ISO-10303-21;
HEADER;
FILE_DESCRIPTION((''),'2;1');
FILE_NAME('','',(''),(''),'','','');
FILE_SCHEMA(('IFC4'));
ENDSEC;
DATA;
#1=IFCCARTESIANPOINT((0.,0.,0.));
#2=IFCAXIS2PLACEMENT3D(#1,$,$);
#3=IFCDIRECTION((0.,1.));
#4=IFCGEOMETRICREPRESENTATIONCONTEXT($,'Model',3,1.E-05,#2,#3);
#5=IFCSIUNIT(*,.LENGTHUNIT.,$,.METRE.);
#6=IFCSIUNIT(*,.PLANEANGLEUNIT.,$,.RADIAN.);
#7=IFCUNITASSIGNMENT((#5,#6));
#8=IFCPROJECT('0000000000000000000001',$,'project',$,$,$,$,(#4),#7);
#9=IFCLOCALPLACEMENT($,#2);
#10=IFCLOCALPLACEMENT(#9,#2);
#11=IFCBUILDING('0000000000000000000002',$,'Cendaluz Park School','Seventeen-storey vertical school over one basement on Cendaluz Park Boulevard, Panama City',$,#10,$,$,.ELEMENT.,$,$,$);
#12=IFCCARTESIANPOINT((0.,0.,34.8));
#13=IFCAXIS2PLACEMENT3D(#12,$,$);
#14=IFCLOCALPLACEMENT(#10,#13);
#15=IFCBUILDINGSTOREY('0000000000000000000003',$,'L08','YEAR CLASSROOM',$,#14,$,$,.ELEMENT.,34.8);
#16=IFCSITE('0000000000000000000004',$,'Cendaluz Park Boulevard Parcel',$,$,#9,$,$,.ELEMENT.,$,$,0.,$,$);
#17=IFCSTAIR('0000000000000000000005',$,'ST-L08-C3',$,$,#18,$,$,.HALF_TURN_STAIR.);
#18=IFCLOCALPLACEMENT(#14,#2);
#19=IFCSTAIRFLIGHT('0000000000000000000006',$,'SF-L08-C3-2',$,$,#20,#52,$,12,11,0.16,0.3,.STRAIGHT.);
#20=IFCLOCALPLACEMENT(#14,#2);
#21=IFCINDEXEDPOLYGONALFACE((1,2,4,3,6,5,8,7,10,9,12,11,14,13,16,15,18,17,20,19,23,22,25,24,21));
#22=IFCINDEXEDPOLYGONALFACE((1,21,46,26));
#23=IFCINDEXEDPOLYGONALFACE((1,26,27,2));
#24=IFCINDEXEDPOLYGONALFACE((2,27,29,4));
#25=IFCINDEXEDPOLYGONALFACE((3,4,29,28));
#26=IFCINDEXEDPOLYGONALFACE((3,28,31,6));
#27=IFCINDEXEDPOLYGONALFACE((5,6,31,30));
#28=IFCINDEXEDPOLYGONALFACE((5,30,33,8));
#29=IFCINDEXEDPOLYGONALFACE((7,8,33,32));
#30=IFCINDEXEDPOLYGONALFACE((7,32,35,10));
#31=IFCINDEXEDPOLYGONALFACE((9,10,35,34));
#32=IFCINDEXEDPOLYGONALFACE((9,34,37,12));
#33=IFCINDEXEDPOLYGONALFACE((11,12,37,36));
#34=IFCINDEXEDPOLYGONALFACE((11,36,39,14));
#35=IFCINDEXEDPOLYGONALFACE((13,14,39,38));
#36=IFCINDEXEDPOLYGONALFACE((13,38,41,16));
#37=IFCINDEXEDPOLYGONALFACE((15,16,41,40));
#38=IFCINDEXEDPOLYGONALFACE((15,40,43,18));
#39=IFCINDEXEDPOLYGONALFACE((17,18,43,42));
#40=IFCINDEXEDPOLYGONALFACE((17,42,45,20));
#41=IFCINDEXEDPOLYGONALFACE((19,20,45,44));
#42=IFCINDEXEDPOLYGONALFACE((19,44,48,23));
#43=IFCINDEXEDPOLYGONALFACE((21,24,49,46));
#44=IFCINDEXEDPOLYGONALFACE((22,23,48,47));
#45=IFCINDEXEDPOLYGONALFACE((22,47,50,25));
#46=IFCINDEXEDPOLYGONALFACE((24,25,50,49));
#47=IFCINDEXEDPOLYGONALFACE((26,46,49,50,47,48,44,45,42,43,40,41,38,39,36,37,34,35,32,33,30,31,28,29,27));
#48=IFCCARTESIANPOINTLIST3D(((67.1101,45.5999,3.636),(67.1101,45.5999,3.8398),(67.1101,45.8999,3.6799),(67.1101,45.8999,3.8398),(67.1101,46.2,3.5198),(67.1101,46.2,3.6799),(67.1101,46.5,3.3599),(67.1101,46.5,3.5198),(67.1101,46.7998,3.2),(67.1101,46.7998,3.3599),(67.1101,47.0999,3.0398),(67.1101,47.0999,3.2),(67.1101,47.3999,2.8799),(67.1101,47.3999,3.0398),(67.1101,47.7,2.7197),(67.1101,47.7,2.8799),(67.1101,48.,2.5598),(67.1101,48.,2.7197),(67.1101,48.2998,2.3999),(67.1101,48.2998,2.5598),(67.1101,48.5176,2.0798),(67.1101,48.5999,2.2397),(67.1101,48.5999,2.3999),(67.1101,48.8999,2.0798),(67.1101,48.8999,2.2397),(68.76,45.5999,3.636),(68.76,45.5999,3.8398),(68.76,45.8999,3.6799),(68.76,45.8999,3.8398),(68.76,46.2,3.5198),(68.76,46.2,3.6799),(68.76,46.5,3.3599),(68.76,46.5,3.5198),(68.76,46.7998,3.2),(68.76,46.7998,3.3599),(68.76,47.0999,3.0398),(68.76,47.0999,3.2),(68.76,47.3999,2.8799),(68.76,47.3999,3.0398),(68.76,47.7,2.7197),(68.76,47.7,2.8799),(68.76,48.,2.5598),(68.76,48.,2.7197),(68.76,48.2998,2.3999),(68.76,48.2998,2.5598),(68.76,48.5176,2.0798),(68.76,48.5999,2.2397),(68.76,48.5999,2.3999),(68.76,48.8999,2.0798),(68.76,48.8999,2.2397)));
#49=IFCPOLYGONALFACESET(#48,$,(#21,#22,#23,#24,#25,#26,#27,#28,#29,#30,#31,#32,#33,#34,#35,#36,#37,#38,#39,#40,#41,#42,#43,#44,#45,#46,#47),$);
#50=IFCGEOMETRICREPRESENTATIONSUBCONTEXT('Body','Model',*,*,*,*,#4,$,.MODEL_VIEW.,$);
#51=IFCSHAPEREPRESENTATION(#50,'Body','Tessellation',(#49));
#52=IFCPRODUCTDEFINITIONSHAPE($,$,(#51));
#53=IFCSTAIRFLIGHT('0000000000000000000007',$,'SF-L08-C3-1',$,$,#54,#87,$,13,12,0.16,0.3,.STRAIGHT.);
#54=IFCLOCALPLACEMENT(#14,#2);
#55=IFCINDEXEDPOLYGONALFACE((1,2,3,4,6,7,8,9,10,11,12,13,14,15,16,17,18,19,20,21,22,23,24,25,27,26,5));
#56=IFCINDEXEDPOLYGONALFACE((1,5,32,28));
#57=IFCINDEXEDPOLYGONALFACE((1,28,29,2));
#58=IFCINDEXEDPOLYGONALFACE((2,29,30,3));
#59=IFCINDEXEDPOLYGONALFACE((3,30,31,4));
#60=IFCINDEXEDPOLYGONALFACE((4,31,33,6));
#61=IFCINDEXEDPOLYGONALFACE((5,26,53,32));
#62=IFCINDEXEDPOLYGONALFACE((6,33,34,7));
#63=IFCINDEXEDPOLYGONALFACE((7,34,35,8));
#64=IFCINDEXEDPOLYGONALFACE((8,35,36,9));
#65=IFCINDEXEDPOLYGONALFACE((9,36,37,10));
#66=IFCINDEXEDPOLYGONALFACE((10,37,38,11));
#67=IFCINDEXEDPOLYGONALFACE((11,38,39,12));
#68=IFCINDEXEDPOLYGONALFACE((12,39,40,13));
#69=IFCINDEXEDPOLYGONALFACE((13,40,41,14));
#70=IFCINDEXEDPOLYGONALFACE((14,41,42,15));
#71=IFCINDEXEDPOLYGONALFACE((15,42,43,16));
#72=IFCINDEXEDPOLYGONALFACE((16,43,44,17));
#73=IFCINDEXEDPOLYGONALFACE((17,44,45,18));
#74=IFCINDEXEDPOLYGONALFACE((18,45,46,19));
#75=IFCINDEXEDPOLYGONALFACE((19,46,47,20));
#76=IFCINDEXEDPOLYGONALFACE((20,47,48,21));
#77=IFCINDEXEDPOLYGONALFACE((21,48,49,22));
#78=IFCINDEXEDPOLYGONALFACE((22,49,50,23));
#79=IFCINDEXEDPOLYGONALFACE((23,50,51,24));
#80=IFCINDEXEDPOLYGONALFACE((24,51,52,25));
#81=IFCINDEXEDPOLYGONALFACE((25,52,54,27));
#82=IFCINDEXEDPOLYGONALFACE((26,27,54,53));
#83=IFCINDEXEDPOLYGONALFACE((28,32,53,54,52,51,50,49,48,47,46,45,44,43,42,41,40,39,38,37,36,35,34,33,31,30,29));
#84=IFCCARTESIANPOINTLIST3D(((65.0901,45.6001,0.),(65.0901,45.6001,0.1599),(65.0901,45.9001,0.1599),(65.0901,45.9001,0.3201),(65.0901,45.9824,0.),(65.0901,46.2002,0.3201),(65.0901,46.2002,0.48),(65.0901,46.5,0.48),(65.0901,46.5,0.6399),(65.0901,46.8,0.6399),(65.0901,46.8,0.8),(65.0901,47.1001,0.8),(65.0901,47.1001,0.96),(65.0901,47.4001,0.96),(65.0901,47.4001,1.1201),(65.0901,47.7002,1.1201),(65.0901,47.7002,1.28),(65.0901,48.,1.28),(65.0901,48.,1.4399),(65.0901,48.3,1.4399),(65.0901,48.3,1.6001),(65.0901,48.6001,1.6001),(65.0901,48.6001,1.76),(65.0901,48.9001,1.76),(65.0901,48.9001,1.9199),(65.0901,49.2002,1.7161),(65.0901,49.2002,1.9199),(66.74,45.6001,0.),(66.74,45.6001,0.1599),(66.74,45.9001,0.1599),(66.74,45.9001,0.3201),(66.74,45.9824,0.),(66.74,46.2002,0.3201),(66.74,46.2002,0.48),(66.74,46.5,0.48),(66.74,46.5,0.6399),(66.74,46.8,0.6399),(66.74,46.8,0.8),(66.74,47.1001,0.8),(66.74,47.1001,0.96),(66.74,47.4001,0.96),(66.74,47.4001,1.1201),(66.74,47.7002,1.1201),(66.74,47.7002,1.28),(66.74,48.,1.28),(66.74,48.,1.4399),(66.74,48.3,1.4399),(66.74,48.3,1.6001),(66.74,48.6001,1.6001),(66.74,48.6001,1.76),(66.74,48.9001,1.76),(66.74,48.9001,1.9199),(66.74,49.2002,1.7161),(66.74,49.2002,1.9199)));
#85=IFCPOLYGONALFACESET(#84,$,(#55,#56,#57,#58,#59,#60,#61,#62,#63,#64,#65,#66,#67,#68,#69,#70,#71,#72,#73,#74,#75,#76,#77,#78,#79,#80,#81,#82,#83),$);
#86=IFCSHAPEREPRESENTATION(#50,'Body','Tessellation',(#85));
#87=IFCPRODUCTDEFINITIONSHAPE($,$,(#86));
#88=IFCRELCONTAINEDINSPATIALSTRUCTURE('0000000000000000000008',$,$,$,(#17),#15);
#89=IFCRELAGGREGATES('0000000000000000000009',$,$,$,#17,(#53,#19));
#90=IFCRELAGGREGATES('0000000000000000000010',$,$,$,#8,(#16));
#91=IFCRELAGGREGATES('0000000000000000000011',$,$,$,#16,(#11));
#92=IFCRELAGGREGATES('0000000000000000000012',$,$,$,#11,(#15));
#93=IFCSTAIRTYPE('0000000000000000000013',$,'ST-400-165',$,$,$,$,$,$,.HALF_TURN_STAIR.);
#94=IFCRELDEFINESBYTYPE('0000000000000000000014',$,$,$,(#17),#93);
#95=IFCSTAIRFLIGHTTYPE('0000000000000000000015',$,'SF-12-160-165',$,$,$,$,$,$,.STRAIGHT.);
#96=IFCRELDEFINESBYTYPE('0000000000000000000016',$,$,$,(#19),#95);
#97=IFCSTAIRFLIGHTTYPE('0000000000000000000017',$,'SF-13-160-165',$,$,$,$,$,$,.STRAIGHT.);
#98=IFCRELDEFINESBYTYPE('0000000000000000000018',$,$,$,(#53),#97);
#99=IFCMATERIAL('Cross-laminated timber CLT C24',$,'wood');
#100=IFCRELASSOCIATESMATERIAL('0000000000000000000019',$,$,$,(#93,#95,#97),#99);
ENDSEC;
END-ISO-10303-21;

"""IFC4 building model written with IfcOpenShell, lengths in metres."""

from ifc_helpers import new_model, si_unit, direction, frame, origin, place, context, subcontext, project, spatial, polyline, outline, extrude, material, type_object, element, aggregate, save


model = new_model("IFC4")

# Units and contexts
model_context = context("Model", 3, precision=1e-05, world=origin(), true_north=direction((0.0, 1.0)))
body_context = subcontext(model_context, "Body", "Model", "MODEL_VIEW")
ifc_project = project(units=[si_unit("LENGTHUNIT", "METRE"), si_unit("PLANEANGLEUNIT", "RADIAN")], contexts=[model_context])

# Site, building, storey
site_placement = place(None, origin())
site = spatial("IfcSite", under=ifc_project, at=site_placement, Name="Cendaluz Park Boulevard Parcel", CompositionType="ELEMENT", RefElevation=0.0)
building_placement = place(site_placement, origin())
building = spatial("IfcBuilding", under=site, at=building_placement, Name="Cendaluz Park School", Description="Seventeen-storey vertical school over one basement on Cendaluz Park Boulevard, Panama City", CompositionType="ELEMENT")
storey_placement = place(building_placement, frame((0.0, 0.0, 34.8)))
storey = spatial("IfcBuildingStorey", under=building, at=storey_placement, Name="L08", Description="YEAR CLASSROOM", CompositionType="ELEMENT", Elevation=34.8)

# Stair, stair flights
ifc_material_1 = material(Name="Cross-laminated timber CLT C24", Category="wood")
stair_type = type_object("IfcStairType", Name="ST-400-165", PredefinedType="HALF_TURN_STAIR", material=ifc_material_1)
stair_placement = place(storey_placement, origin())
stair = element("IfcStair", 1, at=stair_placement, inside=storey, type_object=stair_type, Name="ST-L08-C3", PredefinedType="HALF_TURN_STAIR")
stair_flight_type_1 = type_object("IfcStairFlightType", Name="SF-12-160-165", PredefinedType="STRAIGHT", material=ifc_material_1)
stair_flight_1_placement = place(storey_placement, frame((67.9351, 48.8999, 2.0798), z_axis=(0.0, 0.0, 1.0), x_axis=(0.0, -1.0, 0.0)))
stair_flight_1 = element("IfcStairFlight", 2, at=stair_flight_1_placement, type_object=stair_flight_type_1, Name="SF-L08-C3-2", NumberOfRisers=12, NumberOfTreads=11, PredefinedType="STRAIGHT", RiserHeight=0.16, TreadLength=0.3, context=body_context, shape_type="SweptSolid", body=[
    extrude(outline(polyline([(0.0, 0.0), (0.0, 0.1599), (0.3, 0.1599), (0.3, 0.3201), (0.6001, 0.3201), (0.6001, 0.48), (0.8999, 0.48), (0.8999, 0.6399), (1.2, 0.6399), (1.2, 0.8), (1.5, 0.8), (1.5, 0.96), (1.8, 0.96), (1.8, 1.1201), (2.1001, 1.1201), (2.1001, 1.28), (2.3999, 1.28), (2.3999, 1.4399), (2.7, 1.4399), (2.7, 1.6001), (3.0, 1.6001), (3.0, 1.76), (3.3, 1.76), (3.3, 1.9199), (3.3, 1.5562), (0.3823, 0.0), (0.0, 0.0)])), frame((0.0, 0.825, 0.0), z_axis=(0.0, -1.0, 0.0), x_axis=(1.0, 0.0, 0.0)), (0.0, 0.0, 1.0), 1.6499),
])
stair_flight_type_2 = type_object("IfcStairFlightType", Name="SF-13-160-165", PredefinedType="STRAIGHT", material=ifc_material_1)
stair_flight_2_placement = place(storey_placement, frame((65.915, 45.6001, 0.0), z_axis=(0.0, 0.0, 1.0), x_axis=(0.0, 1.0, 0.0)))
stair_flight_2 = element("IfcStairFlight", 3, at=stair_flight_2_placement, type_object=stair_flight_type_2, Name="SF-L08-C3-1", NumberOfRisers=13, NumberOfTreads=12, PredefinedType="STRAIGHT", RiserHeight=0.16, TreadLength=0.3, context=body_context, shape_type="SweptSolid", body=[
    extrude(outline(polyline([(0.0, 0.0), (0.0, 0.1599), (0.3, 0.1599), (0.3, 0.3201), (0.6001, 0.3201), (0.6001, 0.48), (0.8999, 0.48), (0.8999, 0.6399), (1.2, 0.6399), (1.2, 0.8), (1.5, 0.8), (1.5, 0.96), (1.8, 0.96), (1.8, 1.1201), (2.1001, 1.1201), (2.1001, 1.28), (2.3999, 1.28), (2.3999, 1.4399), (2.7, 1.4399), (2.7, 1.6001), (3.0, 1.6001), (3.0, 1.76), (3.3, 1.76), (3.3, 1.9199), (3.6001, 1.9199), (3.6001, 2.0801), (3.6001, 1.7161), (0.3823, 0.0), (0.0, 0.0)])), frame((0.0, 0.825, 0.0), z_axis=(0.0, -1.0, 0.0), x_axis=(1.0, 0.0, 0.0)), (0.0, 0.0, 1.0), 1.6499),
])
aggregate(stair, [stair_flight_2, stair_flight_1])

save(model, "model.ifc")
